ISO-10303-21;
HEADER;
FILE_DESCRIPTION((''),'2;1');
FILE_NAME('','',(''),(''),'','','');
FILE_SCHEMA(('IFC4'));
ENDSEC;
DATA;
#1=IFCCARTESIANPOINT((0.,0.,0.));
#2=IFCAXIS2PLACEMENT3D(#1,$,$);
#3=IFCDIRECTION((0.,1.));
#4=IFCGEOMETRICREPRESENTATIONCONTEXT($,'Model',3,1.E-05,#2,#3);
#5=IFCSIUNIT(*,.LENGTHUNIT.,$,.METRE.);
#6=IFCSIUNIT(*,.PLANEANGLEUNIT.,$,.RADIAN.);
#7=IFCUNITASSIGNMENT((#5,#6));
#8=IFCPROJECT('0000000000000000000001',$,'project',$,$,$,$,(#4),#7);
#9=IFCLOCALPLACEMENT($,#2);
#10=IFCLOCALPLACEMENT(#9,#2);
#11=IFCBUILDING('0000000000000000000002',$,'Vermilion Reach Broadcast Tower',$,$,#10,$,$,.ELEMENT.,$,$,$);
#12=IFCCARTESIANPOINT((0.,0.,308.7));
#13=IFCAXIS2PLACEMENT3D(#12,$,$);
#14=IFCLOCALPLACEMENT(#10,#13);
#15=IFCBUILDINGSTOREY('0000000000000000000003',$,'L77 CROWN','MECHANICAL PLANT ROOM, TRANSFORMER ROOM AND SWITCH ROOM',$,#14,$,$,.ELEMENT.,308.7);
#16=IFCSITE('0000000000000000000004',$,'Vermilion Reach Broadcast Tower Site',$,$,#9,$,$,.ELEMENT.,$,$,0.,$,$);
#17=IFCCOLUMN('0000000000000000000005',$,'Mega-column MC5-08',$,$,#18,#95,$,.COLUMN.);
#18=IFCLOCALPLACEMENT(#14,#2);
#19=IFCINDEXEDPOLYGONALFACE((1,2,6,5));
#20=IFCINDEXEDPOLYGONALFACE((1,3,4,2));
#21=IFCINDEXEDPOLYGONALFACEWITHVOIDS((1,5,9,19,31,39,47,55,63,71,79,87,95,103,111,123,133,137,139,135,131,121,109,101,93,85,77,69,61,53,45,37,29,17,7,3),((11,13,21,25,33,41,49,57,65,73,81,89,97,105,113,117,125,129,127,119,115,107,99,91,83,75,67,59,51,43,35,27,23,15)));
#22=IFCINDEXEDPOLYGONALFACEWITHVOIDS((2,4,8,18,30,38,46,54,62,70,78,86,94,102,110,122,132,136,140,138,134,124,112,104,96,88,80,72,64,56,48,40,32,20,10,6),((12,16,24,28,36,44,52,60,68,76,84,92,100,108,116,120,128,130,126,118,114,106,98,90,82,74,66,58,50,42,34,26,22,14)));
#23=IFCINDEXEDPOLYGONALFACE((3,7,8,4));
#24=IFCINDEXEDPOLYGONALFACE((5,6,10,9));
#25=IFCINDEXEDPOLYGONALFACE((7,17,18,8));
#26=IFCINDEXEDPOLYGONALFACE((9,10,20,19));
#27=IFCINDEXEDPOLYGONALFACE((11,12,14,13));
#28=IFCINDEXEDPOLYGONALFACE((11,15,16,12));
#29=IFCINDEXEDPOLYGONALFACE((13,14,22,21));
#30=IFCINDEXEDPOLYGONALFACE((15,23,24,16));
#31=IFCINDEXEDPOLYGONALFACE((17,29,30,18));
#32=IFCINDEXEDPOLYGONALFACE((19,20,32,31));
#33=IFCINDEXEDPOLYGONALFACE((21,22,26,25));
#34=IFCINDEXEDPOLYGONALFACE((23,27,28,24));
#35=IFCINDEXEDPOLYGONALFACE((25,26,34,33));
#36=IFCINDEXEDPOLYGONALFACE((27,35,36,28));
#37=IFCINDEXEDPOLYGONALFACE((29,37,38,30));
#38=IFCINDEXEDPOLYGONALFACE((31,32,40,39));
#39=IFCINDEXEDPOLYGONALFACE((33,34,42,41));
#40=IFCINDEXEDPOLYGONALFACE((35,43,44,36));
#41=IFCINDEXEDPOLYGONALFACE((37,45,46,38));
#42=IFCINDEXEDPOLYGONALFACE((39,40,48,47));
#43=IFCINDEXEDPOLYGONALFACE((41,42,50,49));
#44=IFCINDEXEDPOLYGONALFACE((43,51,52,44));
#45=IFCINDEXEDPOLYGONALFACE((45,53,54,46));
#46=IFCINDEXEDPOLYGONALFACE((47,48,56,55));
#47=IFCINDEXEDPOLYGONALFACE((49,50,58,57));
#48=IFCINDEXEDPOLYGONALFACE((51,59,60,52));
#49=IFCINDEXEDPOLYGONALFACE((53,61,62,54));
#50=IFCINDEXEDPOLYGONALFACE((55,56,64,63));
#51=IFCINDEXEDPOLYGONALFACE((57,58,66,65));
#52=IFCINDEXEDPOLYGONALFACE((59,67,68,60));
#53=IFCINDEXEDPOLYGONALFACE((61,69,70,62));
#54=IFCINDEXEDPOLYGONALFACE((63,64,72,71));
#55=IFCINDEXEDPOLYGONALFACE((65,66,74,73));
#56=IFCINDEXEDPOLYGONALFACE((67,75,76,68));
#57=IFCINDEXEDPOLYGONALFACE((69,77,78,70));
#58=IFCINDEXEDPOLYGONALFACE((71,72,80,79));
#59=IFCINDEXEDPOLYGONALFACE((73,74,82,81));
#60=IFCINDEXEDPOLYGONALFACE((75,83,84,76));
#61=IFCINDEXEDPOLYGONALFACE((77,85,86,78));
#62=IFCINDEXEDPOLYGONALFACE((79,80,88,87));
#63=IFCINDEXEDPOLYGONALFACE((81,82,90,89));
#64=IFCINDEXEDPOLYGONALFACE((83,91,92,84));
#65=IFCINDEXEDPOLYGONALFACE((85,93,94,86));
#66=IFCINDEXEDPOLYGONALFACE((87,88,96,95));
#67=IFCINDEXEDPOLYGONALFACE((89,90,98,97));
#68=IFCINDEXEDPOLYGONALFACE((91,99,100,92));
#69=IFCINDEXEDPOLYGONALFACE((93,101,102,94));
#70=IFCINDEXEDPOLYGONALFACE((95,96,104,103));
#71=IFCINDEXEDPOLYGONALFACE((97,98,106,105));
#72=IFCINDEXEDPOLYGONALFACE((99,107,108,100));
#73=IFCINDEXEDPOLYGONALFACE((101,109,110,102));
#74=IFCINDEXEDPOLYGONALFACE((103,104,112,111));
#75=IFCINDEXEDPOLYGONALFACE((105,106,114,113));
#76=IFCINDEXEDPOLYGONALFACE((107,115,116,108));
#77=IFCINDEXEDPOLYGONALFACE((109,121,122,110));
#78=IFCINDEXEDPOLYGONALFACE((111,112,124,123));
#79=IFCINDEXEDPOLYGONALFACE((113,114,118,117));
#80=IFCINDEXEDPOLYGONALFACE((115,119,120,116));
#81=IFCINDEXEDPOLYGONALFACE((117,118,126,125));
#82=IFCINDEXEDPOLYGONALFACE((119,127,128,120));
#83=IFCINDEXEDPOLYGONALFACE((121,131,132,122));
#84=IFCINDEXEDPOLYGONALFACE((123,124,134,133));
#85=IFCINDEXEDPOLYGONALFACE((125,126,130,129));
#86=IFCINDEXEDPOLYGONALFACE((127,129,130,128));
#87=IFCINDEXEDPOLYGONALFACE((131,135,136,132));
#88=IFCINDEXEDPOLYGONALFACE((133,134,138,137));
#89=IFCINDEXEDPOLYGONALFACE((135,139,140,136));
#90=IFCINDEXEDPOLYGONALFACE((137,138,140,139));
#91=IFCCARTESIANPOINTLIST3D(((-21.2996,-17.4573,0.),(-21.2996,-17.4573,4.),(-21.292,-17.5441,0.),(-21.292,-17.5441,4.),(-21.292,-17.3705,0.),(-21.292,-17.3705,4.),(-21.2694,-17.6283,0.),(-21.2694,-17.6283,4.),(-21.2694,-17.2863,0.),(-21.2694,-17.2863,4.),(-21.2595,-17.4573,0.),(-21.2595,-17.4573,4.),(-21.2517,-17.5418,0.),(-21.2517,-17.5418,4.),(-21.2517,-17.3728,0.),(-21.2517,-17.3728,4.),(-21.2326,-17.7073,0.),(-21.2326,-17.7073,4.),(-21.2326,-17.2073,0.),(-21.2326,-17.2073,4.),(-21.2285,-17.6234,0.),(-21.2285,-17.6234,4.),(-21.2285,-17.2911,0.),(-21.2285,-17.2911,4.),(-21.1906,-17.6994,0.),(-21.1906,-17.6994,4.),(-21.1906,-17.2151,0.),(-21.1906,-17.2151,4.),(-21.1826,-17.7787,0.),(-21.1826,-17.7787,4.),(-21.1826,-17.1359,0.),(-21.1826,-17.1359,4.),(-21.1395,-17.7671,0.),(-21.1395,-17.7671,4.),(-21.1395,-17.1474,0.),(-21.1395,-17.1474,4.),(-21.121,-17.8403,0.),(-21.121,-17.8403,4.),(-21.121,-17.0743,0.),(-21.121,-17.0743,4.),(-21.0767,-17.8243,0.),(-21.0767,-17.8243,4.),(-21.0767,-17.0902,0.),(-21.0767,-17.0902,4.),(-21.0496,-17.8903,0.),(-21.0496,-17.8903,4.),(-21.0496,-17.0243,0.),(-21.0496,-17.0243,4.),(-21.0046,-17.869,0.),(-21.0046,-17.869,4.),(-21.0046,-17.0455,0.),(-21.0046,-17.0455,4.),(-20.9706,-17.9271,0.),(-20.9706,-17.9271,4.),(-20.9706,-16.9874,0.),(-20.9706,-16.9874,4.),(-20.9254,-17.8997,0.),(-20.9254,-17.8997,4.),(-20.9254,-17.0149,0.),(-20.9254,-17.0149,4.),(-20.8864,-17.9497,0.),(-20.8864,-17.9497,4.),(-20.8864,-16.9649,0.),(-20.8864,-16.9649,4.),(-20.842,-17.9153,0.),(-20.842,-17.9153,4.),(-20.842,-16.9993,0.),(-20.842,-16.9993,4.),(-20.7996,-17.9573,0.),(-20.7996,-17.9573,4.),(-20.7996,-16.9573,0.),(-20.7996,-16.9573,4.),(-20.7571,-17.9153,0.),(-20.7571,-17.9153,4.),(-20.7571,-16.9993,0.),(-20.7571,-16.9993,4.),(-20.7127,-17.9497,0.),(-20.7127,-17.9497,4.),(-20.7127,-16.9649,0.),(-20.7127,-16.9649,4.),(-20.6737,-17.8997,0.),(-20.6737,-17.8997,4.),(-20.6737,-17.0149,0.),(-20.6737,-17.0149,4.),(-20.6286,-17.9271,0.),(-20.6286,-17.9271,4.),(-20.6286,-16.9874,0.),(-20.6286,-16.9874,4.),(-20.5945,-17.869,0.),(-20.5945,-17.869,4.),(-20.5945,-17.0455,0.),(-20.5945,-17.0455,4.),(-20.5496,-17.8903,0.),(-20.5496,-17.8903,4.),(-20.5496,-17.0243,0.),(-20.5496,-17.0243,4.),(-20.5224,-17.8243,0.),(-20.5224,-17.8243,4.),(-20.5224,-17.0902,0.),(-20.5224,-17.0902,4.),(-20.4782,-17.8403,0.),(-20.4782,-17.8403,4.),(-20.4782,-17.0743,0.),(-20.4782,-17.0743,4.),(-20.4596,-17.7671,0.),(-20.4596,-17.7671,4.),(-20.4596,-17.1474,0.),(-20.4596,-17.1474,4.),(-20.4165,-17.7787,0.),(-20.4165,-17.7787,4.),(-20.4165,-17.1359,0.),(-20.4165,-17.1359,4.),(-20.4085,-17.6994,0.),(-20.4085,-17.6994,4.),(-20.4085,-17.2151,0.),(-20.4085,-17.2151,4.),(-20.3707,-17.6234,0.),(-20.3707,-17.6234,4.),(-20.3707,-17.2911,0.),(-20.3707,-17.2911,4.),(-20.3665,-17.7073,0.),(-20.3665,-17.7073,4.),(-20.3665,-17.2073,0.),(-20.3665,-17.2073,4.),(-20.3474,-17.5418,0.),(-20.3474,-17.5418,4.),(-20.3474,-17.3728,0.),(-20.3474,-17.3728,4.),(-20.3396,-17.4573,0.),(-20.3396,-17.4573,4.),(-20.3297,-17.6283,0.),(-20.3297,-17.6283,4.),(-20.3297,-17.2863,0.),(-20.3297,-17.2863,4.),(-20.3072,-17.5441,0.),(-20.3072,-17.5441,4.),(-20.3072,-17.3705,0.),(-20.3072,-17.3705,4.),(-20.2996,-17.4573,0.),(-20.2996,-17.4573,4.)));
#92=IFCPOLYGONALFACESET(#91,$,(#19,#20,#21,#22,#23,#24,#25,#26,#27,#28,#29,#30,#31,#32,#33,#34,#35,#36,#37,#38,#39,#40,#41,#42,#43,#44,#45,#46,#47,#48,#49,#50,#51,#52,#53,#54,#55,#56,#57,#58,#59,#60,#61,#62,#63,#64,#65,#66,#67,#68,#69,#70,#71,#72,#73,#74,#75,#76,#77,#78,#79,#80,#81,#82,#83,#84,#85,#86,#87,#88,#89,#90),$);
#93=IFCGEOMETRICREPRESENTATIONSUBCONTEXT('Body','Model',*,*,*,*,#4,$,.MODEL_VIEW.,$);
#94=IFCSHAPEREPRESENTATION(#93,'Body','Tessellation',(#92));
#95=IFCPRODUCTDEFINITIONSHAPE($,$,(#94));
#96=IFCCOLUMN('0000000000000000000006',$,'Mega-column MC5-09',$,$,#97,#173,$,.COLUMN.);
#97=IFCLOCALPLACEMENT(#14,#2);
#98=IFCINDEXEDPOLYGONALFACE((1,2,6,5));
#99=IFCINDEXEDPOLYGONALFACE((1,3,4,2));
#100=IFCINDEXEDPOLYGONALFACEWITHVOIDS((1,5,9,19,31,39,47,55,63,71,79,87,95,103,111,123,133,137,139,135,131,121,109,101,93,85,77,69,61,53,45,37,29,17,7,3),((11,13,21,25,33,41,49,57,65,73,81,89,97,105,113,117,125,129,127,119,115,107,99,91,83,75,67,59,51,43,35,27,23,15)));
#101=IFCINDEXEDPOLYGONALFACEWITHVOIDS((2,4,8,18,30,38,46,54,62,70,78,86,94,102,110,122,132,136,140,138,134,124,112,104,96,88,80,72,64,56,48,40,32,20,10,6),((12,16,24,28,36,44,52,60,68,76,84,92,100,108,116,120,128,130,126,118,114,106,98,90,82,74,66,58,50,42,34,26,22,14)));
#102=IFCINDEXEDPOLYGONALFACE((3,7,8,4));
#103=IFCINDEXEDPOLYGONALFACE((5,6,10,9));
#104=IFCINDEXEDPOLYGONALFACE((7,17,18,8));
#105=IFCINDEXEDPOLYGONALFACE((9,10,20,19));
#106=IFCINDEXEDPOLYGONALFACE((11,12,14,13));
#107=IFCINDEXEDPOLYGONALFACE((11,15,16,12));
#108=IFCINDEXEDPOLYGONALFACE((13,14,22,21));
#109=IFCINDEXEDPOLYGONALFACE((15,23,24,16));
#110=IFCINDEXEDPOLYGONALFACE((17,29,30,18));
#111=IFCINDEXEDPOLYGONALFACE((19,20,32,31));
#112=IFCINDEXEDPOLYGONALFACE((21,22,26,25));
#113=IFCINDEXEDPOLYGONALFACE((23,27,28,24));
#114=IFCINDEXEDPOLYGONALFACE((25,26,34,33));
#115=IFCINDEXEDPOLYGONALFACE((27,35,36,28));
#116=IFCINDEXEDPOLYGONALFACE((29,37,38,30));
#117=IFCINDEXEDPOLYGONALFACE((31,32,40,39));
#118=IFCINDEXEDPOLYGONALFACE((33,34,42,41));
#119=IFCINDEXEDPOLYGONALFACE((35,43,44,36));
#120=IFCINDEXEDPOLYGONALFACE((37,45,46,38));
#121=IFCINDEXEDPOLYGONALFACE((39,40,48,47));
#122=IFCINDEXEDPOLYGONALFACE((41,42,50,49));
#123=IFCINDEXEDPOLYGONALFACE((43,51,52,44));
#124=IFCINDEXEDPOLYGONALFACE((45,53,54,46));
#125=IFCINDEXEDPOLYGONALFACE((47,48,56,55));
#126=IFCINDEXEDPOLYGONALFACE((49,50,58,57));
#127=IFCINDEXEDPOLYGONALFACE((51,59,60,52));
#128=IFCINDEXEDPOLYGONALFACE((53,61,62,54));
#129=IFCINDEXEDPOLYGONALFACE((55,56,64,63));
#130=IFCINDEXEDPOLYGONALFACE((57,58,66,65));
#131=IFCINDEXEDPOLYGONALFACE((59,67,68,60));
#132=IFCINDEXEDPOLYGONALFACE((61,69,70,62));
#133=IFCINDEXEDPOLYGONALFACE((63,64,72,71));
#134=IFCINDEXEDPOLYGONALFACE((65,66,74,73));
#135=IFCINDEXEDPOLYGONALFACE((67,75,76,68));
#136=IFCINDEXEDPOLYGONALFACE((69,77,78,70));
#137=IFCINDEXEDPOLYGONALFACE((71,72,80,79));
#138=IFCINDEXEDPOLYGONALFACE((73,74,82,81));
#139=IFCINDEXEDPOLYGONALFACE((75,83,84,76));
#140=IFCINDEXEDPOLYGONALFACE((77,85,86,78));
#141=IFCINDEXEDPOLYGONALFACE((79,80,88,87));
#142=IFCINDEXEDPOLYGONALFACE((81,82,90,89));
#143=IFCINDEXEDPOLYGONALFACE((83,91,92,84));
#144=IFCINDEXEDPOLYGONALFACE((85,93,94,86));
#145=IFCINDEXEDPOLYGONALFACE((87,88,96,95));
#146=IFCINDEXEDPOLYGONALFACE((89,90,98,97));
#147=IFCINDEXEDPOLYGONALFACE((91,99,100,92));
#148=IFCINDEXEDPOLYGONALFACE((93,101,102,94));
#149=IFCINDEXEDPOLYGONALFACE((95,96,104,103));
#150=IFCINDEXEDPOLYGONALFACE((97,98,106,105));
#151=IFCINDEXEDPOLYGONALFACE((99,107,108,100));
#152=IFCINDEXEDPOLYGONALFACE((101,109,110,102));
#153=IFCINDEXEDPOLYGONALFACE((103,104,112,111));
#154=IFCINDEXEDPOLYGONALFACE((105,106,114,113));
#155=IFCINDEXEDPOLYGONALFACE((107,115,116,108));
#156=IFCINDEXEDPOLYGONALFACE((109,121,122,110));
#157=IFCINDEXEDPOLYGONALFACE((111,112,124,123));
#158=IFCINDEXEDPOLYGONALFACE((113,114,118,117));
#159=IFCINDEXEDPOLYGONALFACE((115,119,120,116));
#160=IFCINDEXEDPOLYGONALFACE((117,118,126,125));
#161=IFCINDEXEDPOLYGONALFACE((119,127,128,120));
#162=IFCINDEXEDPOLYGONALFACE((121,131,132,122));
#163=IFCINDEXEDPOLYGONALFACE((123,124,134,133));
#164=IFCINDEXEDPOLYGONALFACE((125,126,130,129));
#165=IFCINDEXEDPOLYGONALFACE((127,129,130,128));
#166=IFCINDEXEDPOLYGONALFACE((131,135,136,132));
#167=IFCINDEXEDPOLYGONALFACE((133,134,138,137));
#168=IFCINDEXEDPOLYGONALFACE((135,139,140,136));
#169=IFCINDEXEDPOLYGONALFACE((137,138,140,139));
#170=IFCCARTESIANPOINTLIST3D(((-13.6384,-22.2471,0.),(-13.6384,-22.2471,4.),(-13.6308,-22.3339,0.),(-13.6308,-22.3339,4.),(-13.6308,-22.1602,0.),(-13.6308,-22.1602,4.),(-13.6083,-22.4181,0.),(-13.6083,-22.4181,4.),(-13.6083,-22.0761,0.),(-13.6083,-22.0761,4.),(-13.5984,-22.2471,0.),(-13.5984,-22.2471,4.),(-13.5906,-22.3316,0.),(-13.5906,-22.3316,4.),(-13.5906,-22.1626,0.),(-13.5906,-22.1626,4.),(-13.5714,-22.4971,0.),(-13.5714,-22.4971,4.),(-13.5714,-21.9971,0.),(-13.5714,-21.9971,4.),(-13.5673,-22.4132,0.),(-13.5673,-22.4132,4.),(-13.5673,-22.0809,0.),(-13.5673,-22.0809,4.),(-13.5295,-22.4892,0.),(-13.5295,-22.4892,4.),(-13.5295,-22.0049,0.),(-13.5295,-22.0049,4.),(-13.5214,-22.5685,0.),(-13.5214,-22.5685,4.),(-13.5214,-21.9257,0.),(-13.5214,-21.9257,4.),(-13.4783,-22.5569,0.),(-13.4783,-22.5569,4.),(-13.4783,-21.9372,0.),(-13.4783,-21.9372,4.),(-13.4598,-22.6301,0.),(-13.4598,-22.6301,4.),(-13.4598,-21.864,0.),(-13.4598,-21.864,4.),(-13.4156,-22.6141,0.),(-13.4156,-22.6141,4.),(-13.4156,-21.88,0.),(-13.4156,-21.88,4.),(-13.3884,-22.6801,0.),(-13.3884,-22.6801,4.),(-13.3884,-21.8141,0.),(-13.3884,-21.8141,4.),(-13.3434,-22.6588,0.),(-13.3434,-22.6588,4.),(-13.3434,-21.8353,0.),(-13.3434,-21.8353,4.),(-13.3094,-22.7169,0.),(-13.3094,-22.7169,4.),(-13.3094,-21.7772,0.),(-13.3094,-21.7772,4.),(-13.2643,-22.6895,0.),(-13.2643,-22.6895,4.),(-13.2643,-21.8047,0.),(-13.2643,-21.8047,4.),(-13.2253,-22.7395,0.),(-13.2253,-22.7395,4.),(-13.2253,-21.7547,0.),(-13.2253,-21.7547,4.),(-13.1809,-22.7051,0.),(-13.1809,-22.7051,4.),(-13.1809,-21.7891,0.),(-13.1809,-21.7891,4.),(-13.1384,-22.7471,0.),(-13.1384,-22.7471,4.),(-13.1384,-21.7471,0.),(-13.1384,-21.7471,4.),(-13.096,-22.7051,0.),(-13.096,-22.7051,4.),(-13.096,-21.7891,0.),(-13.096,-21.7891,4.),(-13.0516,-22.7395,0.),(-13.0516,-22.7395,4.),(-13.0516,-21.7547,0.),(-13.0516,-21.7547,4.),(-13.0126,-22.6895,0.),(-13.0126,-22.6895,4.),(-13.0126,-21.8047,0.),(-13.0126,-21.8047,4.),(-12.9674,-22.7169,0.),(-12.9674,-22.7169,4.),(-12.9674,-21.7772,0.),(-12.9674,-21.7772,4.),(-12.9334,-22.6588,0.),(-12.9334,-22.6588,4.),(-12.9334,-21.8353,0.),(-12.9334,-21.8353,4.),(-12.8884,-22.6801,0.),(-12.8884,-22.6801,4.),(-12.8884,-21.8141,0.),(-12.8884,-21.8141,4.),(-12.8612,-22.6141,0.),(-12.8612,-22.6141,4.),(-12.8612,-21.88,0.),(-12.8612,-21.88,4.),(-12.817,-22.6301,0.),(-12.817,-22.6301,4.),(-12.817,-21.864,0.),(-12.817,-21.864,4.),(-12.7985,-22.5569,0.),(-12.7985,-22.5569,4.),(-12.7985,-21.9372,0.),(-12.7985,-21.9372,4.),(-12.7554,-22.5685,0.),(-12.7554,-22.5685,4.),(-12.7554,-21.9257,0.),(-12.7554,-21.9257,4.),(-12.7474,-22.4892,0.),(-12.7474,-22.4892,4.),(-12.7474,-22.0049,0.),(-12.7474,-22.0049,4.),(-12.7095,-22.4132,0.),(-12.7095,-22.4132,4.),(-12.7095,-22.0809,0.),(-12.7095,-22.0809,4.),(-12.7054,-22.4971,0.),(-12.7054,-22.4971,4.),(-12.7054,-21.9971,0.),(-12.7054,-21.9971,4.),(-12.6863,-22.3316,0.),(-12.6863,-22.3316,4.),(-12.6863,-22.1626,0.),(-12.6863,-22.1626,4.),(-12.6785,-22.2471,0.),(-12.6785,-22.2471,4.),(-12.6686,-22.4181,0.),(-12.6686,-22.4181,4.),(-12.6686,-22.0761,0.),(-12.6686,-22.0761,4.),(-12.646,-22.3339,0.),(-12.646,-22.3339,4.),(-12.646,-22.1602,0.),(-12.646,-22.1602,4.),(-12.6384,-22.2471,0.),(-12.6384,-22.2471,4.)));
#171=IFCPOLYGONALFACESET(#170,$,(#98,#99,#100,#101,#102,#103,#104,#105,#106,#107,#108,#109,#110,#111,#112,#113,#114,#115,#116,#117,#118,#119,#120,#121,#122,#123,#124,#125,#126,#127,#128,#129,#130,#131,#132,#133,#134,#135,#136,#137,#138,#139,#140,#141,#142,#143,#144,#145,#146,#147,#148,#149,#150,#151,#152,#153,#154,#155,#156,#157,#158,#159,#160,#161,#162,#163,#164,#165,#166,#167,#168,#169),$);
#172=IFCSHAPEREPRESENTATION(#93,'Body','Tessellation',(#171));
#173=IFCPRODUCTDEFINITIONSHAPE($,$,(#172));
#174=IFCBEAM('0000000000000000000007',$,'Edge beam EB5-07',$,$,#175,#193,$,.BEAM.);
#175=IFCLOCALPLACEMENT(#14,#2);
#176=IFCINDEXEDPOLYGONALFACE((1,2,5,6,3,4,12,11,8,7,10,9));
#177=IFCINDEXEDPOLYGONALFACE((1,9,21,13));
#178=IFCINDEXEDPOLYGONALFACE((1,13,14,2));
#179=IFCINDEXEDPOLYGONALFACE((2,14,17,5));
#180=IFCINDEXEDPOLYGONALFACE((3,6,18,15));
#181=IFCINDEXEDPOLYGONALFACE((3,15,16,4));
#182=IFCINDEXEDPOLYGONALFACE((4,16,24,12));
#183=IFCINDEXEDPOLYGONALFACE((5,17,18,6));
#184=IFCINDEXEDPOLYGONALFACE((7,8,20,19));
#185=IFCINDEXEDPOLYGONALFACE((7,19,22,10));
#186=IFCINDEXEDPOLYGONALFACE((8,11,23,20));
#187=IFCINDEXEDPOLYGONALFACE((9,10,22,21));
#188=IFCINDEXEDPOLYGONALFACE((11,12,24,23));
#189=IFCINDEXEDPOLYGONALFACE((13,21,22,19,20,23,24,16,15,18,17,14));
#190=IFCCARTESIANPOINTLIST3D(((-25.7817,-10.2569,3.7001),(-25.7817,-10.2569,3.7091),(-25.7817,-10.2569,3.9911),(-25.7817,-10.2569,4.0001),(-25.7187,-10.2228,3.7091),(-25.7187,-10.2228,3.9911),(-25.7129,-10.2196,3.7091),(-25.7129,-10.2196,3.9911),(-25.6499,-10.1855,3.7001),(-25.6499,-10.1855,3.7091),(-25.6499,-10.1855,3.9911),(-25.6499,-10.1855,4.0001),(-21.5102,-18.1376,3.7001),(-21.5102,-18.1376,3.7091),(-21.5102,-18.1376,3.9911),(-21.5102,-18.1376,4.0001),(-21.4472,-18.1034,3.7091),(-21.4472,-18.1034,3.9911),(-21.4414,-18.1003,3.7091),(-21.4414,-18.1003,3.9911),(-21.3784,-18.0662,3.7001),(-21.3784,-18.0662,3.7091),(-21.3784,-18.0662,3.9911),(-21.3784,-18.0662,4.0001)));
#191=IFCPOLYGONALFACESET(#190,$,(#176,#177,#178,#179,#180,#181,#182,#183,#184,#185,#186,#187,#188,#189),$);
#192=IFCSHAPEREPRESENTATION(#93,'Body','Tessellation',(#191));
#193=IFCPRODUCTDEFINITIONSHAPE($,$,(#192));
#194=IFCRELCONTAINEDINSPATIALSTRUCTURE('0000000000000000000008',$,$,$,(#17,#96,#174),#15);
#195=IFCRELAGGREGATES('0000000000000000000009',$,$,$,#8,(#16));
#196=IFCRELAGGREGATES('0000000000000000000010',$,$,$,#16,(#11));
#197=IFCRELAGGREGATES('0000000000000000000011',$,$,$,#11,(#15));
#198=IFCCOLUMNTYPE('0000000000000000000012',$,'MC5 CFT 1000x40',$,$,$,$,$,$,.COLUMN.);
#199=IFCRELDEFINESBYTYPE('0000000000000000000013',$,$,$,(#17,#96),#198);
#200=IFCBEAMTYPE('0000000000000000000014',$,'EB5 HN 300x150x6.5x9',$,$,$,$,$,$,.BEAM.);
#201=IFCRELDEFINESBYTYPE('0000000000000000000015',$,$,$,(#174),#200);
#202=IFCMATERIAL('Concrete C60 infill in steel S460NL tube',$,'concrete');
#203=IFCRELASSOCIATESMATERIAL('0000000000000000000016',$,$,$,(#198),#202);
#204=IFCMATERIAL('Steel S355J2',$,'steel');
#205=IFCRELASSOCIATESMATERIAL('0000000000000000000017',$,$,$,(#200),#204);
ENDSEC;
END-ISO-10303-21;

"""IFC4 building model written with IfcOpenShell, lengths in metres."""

from ifc_helpers import new_model, si_unit, direction, frame, origin, origin_2d, place, context, subcontext, project, spatial, hollow_circle, i_section, extrude, material, material_profile, profile_set, type_object, element, save


model = new_model("IFC4")

# Units and contexts
model_context = context("Model", 3, precision=1e-05, world=origin(), true_north=direction((0.0, 1.0)))
body_context = subcontext(model_context, "Body", "Model", "MODEL_VIEW")
ifc_project = project(units=[si_unit("LENGTHUNIT", "METRE"), si_unit("PLANEANGLEUNIT", "RADIAN")], contexts=[model_context])

# Site, building, storey
site_placement = place(None, origin())
site = spatial("IfcSite", under=ifc_project, at=site_placement, Name="Vermilion Reach Broadcast Tower Site", CompositionType="ELEMENT", RefElevation=0.0)
building_placement = place(site_placement, origin())
building = spatial("IfcBuilding", under=site, at=building_placement, Name="Vermilion Reach Broadcast Tower", CompositionType="ELEMENT")
storey_placement = place(building_placement, frame((0.0, 0.0, 308.7)))
storey = spatial("IfcBuildingStorey", under=building, at=storey_placement, Name="L77 CROWN", Description="MECHANICAL PLANT ROOM, TRANSFORMER ROOM AND SWITCH ROOM", CompositionType="ELEMENT", Elevation=308.7)

# Columns
ifc_material_1 = material(Name="Concrete C60 infill in steel S460NL tube", Category="concrete")
ifc_material_profile_1 = material_profile(ifc_material_1, hollow_circle(Radius=0.5, WallThickness=0.04, at=origin_2d()), Name="Concrete C60 infill in steel S460NL tube CFT 1000x40")
ifc_profile_set_1 = profile_set([ifc_material_profile_1], Name="Concrete C60 infill in steel S460NL tube")
column_type = type_object("IfcColumnType", Name="MC5 CFT 1000x40", PredefinedType="COLUMN", material=ifc_profile_set_1)
for number, where, z_axis, x_axis, name in (
    (1, (-20.7996, -17.4573, 0.0), (0.0, 0.0, 1.0), (1.0, 0.0, 0.0), "Mega-column MC5-08"),
    (2, (-13.1384, -22.2471, 0.0), (0.0, 0.0, 1.0), (1.0, 0.0, 0.0), "Mega-column MC5-09"),
):
    element("IfcColumn", number, at=place(storey_placement, frame(where, z_axis=z_axis, x_axis=x_axis)), inside=storey, type_object=column_type, Name=name, PredefinedType="COLUMN", context=body_context, shape_type="SweptSolid", body=[
        extrude(hollow_circle(Radius=0.5, WallThickness=0.04, at=origin_2d()), origin(), (0.0, 0.0, 1.0), 4.0),
    ])

# Beam
ifc_material_2 = material(Name="Steel S355J2", Category="steel")
ifc_material_profile_2 = material_profile(ifc_material_2, i_section(OverallWidth=0.1499, OverallDepth=0.3, WebThickness=0.0066, FlangeThickness=0.009, at=origin_2d()), Name="S355J2 HN 300x150x6.5x9")
ifc_profile_set_2 = profile_set([ifc_material_profile_2], Name="Steel S355J2")
beam_type_1 = type_object("IfcBeamType", Name="EB5 HN 300x150x6.5x9", PredefinedType="BEAM", material=ifc_profile_set_2)
beam_1_placement = place(storey_placement, frame((-25.7158, -10.2212, 3.8501), z_axis=(0.476526, -0.87916, 0.0), x_axis=(0.87916, 0.476526, 0.0)))
element("IfcBeam", 3, at=beam_1_placement, inside=storey, type_object=beam_type_1, Name="Edge beam EB5-07", PredefinedType="BEAM", context=body_context, shape_type="SweptSolid", body=[
    extrude(i_section(OverallWidth=0.1499, OverallDepth=0.3, WebThickness=0.0066, FlangeThickness=0.009, at=origin_2d()), origin(), (0.0, 0.0, 1.0), 8.9639),
])

save(model, "model.ifc")
